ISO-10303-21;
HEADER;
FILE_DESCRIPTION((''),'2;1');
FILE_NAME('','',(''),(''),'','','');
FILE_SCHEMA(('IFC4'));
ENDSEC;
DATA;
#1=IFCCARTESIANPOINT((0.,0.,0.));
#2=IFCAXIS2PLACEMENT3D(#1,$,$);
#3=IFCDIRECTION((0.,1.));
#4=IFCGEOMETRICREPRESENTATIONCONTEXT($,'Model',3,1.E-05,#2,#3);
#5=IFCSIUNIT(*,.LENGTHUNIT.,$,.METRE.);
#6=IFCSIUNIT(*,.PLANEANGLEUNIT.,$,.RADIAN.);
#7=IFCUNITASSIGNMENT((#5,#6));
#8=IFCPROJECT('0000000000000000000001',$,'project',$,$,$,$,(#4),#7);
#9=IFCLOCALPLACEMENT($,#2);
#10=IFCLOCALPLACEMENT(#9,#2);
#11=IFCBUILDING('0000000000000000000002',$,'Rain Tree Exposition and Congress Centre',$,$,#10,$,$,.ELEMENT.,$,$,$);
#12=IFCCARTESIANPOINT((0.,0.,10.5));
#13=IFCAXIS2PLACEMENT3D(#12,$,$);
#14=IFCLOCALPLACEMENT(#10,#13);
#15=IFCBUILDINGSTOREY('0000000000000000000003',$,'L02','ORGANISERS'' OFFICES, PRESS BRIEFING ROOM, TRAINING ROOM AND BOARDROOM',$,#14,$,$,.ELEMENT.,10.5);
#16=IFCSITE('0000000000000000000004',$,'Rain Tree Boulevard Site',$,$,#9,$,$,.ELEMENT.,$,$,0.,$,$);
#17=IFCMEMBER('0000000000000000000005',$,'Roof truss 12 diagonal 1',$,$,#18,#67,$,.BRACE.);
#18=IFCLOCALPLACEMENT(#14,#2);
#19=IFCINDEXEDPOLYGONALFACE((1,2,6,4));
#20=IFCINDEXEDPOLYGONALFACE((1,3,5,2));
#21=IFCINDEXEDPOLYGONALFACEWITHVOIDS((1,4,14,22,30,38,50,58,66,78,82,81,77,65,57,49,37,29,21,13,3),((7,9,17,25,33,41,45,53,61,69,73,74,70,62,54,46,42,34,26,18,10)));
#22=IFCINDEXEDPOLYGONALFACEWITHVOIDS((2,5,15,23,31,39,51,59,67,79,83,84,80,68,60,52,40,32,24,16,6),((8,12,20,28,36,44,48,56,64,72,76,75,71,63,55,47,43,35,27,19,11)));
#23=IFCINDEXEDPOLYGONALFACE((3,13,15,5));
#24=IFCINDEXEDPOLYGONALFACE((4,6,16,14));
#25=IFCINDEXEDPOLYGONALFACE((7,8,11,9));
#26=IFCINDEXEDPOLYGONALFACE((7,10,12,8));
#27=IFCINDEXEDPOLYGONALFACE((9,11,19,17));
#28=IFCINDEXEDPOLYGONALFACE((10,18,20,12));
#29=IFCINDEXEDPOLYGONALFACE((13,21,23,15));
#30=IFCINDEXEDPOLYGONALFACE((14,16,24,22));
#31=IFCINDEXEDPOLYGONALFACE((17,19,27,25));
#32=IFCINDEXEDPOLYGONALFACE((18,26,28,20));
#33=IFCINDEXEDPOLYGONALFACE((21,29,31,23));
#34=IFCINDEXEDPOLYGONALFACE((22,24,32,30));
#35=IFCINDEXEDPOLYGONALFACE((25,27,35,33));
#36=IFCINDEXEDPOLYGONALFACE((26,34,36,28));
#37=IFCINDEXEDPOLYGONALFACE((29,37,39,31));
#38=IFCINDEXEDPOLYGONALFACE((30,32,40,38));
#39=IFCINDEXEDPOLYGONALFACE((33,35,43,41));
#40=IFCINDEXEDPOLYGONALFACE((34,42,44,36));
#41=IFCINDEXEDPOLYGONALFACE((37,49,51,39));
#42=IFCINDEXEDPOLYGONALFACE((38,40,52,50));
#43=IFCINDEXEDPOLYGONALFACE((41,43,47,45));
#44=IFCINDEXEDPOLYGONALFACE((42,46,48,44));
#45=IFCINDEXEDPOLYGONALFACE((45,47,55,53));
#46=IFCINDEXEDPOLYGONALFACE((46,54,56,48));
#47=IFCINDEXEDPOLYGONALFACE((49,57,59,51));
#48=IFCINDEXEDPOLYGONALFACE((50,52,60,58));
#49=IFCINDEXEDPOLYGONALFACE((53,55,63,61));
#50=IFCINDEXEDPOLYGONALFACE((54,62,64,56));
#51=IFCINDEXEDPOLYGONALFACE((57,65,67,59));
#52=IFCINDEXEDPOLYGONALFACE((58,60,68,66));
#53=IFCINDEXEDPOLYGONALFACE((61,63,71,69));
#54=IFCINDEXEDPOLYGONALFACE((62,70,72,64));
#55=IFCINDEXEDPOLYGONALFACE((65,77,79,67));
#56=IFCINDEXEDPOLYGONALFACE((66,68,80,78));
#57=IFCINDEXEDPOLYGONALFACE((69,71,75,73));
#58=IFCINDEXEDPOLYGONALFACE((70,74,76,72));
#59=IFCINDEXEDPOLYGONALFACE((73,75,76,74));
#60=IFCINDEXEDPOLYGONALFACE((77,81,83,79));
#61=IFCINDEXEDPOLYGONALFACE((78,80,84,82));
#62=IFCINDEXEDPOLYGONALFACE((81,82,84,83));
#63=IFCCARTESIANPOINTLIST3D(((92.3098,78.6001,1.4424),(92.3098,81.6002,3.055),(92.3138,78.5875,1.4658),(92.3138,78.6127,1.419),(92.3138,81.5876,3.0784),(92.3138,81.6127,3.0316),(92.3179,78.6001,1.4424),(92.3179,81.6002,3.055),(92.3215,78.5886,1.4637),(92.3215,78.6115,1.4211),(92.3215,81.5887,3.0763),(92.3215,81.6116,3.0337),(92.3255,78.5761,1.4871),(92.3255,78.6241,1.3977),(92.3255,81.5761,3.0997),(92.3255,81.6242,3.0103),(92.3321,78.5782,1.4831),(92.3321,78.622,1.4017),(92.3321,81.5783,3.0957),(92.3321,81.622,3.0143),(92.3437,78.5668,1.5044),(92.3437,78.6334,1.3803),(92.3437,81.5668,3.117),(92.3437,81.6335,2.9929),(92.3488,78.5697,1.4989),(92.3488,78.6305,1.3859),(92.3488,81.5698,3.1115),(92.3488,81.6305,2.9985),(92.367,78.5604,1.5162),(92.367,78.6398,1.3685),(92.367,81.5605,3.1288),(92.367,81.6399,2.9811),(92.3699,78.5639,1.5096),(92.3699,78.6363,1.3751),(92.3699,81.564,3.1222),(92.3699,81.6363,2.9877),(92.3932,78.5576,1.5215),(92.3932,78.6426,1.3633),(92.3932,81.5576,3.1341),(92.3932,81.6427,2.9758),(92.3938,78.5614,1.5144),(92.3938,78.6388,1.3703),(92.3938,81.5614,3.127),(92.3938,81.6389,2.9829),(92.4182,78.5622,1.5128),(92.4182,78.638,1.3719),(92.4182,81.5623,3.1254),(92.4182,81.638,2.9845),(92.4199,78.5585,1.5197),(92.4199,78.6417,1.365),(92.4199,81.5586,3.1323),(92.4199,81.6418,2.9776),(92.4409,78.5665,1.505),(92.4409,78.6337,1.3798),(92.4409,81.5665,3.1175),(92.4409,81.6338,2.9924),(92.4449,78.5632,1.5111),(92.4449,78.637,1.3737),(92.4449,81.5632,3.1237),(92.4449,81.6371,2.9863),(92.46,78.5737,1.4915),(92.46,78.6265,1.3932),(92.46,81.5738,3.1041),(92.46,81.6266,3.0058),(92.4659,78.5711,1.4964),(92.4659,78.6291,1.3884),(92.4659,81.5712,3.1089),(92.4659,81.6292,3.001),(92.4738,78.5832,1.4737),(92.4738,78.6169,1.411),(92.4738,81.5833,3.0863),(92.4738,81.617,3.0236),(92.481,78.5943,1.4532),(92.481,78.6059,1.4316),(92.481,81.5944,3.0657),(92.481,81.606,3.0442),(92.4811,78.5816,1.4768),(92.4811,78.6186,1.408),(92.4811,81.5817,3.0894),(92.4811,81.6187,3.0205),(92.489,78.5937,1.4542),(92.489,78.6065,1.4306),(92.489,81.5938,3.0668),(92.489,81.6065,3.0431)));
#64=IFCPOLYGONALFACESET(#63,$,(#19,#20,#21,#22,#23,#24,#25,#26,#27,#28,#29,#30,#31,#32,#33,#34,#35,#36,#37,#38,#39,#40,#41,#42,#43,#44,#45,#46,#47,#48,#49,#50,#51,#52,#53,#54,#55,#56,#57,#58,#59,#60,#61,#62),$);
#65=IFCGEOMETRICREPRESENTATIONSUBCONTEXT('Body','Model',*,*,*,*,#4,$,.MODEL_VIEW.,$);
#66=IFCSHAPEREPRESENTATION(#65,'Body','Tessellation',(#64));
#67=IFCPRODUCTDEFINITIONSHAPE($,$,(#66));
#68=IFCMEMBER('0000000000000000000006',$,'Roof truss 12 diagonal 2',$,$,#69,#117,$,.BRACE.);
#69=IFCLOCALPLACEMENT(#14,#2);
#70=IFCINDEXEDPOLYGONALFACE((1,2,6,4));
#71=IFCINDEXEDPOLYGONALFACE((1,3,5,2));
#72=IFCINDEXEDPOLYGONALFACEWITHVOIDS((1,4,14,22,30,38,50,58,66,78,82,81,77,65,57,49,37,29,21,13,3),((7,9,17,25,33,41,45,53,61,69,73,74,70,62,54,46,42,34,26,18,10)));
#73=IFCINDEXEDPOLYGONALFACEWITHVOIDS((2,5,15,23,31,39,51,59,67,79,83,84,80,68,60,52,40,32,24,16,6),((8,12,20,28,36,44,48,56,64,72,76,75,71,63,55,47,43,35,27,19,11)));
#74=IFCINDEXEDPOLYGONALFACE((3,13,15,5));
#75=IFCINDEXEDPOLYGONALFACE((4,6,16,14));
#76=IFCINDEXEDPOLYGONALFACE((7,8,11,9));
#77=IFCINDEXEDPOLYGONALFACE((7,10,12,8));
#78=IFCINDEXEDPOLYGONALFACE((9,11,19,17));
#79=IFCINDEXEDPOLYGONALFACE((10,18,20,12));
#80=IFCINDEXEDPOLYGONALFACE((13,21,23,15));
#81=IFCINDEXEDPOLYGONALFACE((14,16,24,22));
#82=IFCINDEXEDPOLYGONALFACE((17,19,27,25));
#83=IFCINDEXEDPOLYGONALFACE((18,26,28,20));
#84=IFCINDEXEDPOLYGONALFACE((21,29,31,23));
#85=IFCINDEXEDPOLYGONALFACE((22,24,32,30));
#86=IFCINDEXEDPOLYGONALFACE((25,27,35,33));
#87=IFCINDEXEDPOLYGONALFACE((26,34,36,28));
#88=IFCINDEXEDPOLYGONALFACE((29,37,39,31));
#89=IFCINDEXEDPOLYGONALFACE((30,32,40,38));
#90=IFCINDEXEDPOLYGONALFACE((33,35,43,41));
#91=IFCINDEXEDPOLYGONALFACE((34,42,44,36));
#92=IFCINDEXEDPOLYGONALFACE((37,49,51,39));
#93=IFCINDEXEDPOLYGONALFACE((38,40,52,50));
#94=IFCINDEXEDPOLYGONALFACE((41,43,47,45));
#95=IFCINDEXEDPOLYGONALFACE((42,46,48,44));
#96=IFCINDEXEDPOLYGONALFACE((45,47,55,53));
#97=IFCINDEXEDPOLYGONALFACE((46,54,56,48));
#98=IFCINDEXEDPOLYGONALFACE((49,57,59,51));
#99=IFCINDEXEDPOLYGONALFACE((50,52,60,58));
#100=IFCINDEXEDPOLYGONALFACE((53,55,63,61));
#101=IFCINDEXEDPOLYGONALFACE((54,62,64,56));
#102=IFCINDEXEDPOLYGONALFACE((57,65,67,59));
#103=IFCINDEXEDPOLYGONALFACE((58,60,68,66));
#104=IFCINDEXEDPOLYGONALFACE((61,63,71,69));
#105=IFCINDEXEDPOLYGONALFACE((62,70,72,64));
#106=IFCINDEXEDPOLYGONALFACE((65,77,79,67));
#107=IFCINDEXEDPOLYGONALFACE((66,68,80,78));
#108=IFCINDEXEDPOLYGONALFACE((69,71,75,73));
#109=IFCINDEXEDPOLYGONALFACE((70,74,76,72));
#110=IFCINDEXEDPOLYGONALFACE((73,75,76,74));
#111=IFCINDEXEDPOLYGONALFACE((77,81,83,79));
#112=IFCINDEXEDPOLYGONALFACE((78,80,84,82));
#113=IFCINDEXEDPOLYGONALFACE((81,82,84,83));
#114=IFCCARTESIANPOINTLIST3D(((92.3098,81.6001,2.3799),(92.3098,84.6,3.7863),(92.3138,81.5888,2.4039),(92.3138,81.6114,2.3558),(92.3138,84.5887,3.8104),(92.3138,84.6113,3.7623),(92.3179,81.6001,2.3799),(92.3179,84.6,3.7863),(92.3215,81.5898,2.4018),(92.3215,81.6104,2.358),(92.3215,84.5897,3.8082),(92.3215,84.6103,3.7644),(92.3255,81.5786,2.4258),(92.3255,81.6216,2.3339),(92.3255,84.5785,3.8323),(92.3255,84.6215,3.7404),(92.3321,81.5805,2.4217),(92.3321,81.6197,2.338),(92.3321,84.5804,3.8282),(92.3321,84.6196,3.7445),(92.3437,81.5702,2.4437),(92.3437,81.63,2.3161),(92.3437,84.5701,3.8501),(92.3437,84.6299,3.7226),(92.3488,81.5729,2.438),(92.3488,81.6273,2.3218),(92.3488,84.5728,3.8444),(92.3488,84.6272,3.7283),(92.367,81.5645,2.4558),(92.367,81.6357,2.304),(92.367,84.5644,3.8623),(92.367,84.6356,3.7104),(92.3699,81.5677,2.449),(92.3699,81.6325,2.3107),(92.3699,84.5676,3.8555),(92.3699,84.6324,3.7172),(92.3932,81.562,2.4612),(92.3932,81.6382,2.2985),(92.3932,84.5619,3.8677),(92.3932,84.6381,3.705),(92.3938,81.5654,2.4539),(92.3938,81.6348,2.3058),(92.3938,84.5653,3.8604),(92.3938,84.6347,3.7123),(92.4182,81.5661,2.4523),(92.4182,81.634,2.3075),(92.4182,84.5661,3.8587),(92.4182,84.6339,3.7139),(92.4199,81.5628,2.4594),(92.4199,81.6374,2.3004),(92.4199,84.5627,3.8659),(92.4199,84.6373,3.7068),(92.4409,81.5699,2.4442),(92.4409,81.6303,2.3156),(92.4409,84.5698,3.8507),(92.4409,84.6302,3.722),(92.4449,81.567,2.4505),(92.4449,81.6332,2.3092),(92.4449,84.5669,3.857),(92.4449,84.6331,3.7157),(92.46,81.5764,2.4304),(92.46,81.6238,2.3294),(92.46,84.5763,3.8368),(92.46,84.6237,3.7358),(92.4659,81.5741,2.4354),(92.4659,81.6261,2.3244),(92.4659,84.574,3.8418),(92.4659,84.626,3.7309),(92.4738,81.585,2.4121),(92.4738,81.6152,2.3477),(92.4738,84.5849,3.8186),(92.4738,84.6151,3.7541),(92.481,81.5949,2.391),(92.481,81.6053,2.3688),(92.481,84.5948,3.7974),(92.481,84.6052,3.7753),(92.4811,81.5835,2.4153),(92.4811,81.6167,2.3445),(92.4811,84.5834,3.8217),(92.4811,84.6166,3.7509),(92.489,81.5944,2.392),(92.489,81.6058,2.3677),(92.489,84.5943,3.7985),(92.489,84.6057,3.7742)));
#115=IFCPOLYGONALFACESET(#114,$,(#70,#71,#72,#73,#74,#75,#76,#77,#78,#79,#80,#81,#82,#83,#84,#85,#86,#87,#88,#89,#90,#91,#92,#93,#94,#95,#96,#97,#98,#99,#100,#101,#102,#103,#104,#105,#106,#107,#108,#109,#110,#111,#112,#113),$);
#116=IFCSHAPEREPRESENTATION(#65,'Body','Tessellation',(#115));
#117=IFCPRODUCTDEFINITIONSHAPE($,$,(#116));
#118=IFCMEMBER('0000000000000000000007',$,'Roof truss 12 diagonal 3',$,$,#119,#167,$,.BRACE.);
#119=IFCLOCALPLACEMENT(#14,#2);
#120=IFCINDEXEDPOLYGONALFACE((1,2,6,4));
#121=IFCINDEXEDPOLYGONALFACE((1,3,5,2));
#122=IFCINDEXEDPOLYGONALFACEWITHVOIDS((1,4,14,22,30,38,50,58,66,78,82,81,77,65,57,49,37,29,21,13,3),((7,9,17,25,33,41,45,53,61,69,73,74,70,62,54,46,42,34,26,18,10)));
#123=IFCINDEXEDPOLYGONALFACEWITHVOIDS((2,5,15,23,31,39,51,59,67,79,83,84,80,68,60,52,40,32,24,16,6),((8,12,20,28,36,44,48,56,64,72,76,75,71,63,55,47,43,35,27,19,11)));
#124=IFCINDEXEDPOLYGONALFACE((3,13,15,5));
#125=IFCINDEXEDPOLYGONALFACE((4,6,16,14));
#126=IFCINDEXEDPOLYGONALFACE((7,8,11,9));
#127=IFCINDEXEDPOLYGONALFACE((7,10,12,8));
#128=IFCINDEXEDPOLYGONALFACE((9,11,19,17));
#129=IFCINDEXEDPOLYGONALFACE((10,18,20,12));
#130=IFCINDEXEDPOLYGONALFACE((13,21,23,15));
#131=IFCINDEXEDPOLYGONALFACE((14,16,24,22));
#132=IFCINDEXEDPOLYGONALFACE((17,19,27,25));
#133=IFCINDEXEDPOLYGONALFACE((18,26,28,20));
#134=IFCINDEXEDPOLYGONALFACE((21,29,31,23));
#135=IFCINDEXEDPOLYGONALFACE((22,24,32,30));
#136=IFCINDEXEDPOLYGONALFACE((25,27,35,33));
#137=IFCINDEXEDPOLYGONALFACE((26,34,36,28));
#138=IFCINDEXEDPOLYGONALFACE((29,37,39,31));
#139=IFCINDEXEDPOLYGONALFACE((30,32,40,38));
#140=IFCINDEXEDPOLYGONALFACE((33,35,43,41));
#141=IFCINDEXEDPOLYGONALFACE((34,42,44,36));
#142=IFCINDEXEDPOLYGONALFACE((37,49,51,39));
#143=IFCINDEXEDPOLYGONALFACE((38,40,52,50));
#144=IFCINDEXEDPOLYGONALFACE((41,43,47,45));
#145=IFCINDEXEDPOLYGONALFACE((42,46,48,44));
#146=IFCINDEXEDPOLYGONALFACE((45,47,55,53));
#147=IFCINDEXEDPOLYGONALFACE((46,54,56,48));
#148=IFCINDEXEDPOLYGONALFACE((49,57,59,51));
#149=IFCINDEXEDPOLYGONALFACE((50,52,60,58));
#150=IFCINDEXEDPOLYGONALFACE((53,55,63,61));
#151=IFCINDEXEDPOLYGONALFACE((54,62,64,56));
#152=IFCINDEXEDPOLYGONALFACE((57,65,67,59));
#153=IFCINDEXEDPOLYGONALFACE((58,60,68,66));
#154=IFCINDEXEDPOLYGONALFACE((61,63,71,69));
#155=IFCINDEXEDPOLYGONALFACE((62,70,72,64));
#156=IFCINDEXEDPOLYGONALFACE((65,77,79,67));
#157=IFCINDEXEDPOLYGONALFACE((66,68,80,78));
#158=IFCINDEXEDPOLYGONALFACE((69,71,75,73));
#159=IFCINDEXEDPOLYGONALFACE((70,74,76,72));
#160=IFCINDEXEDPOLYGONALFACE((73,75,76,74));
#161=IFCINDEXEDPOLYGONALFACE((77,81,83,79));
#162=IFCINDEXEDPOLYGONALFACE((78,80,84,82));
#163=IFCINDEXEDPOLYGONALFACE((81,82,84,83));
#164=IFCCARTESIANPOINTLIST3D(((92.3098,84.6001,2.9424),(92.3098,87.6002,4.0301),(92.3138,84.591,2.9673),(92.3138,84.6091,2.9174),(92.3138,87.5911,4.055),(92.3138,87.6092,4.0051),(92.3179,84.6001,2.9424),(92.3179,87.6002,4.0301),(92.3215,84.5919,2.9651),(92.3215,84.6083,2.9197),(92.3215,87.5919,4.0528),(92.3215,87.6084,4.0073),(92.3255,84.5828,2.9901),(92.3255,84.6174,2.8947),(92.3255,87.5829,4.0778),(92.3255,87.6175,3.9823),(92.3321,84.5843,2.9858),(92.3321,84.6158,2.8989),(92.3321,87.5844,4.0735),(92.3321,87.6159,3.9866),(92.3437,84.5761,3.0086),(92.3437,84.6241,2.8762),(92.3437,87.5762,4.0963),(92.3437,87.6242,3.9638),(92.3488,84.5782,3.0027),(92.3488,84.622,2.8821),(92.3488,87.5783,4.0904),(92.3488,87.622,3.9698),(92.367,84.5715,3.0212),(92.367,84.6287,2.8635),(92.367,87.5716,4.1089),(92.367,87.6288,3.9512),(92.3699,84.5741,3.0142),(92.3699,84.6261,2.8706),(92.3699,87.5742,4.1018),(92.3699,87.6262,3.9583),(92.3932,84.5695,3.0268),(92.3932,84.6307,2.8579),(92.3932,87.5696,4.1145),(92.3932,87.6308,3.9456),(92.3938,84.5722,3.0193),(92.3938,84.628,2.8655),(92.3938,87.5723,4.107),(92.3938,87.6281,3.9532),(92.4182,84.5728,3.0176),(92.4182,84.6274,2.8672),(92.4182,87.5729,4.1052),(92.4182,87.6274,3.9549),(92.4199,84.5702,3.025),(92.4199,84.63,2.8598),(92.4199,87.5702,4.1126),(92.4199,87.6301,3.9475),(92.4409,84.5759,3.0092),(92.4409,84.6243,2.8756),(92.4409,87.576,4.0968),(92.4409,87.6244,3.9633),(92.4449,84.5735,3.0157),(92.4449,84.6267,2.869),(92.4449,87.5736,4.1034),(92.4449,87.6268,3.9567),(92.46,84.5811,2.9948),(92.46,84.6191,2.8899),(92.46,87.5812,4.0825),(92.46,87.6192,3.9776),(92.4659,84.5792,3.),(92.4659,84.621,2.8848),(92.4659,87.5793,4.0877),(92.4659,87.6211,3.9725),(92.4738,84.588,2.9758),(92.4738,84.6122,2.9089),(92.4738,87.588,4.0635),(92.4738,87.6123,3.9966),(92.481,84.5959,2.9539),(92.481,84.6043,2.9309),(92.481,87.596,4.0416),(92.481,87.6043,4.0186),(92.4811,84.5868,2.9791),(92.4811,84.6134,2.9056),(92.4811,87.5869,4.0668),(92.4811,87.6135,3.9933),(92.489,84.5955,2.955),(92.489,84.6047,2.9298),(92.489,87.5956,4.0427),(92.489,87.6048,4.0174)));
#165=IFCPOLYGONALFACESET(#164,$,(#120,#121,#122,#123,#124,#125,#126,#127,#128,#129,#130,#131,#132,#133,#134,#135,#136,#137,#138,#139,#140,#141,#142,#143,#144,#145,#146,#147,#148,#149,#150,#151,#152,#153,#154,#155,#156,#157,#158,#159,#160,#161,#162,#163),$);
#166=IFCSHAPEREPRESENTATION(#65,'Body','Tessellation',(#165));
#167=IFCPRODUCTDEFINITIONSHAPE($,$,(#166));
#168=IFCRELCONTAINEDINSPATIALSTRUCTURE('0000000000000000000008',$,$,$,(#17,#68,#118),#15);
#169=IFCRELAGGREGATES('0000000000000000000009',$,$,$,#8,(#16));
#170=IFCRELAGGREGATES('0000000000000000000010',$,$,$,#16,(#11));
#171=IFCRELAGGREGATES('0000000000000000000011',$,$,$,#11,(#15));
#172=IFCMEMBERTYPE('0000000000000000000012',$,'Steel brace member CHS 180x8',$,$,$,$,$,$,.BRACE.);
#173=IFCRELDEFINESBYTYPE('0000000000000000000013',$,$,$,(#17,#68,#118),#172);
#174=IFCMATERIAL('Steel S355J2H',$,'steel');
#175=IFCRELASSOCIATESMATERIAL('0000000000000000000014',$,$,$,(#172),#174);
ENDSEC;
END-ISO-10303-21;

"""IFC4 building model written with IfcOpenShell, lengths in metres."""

from ifc_helpers import new_model, si_unit, direction, frame, origin, origin_2d, place, context, subcontext, project, spatial, hollow_circle, extrude, material, material_profile, profile_set, type_object, element, save


model = new_model("IFC4")

# Units and contexts
model_context = context("Model", 3, precision=1e-05, world=origin(), true_north=direction((0.0, 1.0)))
body_context = subcontext(model_context, "Body", "Model", "MODEL_VIEW")
ifc_project = project(units=[si_unit("LENGTHUNIT", "METRE"), si_unit("PLANEANGLEUNIT", "RADIAN")], contexts=[model_context])

# Site, building, storey
site_placement = place(None, origin())
site = spatial("IfcSite", under=ifc_project, at=site_placement, Name="Rain Tree Boulevard Site", CompositionType="ELEMENT", RefElevation=0.0)
building_placement = place(site_placement, origin())
building = spatial("IfcBuilding", under=site, at=building_placement, Name="Rain Tree Exposition and Congress Centre", CompositionType="ELEMENT")
storey_placement = place(building_placement, frame((0.0, 0.0, 10.5)))
storey = spatial("IfcBuildingStorey", under=building, at=storey_placement, Name="L02", Description="ORGANISERS' OFFICES, PRESS BRIEFING ROOM, TRAINING ROOM AND BOARDROOM", CompositionType="ELEMENT", Elevation=10.5)

# Members
ifc_material_1 = material(Name="Steel S355J2H", Category="steel")
ifc_material_profile_1 = material_profile(ifc_material_1, hollow_circle(Radius=0.0901, WallThickness=0.0081, at=origin_2d()), Name="CHS 180x8")
ifc_profile_set_1 = profile_set([ifc_material_profile_1], Name="Steel S355J2H")
member_type_1 = type_object("IfcMemberType", Name="Steel brace member CHS 180x8", PredefinedType="BRACE", material=ifc_profile_set_1)
member_1_placement = place(storey_placement, frame((92.3999, 78.6001, 1.4424), z_axis=(0.0, 0.880818, 0.473454), x_axis=(-1.0, 0.0, 0.0)))
element("IfcMember", 1, at=member_1_placement, inside=storey, type_object=member_type_1, Name="Roof truss 12 diagonal 1", PredefinedType="BRACE", context=body_context, shape_type="SweptSolid", body=[
    extrude(hollow_circle(Radius=0.0901, WallThickness=0.0081, at=origin_2d()), origin(), (0.0, 0.0, 1.0), 3.406),
])
member_2_placement = place(storey_placement, frame((92.3999, 81.6001, 2.3799), z_axis=(0.0, 0.905431, 0.424494), x_axis=(-1.0, 0.0, 0.0)))
element("IfcMember", 2, at=member_2_placement, inside=storey, type_object=member_type_1, Name="Roof truss 12 diagonal 2", PredefinedType="BRACE", context=body_context, shape_type="SweptSolid", body=[
    extrude(hollow_circle(Radius=0.0901, WallThickness=0.0081, at=origin_2d()), origin(), (0.0, 0.0, 1.0), 3.3132),
])
member_3_placement = place(storey_placement, frame((92.3999, 84.6001, 2.9424), z_axis=(0.0, 0.940121, 0.34084), x_axis=(-1.0, 0.0, 0.0)))
element("IfcMember", 3, at=member_3_placement, inside=storey, type_object=member_type_1, Name="Roof truss 12 diagonal 3", PredefinedType="BRACE", context=body_context, shape_type="SweptSolid", body=[
    extrude(hollow_circle(Radius=0.0901, WallThickness=0.0081, at=origin_2d()), origin(), (0.0, 0.0, 1.0), 3.1912),
])

save(model, "model.ifc")
